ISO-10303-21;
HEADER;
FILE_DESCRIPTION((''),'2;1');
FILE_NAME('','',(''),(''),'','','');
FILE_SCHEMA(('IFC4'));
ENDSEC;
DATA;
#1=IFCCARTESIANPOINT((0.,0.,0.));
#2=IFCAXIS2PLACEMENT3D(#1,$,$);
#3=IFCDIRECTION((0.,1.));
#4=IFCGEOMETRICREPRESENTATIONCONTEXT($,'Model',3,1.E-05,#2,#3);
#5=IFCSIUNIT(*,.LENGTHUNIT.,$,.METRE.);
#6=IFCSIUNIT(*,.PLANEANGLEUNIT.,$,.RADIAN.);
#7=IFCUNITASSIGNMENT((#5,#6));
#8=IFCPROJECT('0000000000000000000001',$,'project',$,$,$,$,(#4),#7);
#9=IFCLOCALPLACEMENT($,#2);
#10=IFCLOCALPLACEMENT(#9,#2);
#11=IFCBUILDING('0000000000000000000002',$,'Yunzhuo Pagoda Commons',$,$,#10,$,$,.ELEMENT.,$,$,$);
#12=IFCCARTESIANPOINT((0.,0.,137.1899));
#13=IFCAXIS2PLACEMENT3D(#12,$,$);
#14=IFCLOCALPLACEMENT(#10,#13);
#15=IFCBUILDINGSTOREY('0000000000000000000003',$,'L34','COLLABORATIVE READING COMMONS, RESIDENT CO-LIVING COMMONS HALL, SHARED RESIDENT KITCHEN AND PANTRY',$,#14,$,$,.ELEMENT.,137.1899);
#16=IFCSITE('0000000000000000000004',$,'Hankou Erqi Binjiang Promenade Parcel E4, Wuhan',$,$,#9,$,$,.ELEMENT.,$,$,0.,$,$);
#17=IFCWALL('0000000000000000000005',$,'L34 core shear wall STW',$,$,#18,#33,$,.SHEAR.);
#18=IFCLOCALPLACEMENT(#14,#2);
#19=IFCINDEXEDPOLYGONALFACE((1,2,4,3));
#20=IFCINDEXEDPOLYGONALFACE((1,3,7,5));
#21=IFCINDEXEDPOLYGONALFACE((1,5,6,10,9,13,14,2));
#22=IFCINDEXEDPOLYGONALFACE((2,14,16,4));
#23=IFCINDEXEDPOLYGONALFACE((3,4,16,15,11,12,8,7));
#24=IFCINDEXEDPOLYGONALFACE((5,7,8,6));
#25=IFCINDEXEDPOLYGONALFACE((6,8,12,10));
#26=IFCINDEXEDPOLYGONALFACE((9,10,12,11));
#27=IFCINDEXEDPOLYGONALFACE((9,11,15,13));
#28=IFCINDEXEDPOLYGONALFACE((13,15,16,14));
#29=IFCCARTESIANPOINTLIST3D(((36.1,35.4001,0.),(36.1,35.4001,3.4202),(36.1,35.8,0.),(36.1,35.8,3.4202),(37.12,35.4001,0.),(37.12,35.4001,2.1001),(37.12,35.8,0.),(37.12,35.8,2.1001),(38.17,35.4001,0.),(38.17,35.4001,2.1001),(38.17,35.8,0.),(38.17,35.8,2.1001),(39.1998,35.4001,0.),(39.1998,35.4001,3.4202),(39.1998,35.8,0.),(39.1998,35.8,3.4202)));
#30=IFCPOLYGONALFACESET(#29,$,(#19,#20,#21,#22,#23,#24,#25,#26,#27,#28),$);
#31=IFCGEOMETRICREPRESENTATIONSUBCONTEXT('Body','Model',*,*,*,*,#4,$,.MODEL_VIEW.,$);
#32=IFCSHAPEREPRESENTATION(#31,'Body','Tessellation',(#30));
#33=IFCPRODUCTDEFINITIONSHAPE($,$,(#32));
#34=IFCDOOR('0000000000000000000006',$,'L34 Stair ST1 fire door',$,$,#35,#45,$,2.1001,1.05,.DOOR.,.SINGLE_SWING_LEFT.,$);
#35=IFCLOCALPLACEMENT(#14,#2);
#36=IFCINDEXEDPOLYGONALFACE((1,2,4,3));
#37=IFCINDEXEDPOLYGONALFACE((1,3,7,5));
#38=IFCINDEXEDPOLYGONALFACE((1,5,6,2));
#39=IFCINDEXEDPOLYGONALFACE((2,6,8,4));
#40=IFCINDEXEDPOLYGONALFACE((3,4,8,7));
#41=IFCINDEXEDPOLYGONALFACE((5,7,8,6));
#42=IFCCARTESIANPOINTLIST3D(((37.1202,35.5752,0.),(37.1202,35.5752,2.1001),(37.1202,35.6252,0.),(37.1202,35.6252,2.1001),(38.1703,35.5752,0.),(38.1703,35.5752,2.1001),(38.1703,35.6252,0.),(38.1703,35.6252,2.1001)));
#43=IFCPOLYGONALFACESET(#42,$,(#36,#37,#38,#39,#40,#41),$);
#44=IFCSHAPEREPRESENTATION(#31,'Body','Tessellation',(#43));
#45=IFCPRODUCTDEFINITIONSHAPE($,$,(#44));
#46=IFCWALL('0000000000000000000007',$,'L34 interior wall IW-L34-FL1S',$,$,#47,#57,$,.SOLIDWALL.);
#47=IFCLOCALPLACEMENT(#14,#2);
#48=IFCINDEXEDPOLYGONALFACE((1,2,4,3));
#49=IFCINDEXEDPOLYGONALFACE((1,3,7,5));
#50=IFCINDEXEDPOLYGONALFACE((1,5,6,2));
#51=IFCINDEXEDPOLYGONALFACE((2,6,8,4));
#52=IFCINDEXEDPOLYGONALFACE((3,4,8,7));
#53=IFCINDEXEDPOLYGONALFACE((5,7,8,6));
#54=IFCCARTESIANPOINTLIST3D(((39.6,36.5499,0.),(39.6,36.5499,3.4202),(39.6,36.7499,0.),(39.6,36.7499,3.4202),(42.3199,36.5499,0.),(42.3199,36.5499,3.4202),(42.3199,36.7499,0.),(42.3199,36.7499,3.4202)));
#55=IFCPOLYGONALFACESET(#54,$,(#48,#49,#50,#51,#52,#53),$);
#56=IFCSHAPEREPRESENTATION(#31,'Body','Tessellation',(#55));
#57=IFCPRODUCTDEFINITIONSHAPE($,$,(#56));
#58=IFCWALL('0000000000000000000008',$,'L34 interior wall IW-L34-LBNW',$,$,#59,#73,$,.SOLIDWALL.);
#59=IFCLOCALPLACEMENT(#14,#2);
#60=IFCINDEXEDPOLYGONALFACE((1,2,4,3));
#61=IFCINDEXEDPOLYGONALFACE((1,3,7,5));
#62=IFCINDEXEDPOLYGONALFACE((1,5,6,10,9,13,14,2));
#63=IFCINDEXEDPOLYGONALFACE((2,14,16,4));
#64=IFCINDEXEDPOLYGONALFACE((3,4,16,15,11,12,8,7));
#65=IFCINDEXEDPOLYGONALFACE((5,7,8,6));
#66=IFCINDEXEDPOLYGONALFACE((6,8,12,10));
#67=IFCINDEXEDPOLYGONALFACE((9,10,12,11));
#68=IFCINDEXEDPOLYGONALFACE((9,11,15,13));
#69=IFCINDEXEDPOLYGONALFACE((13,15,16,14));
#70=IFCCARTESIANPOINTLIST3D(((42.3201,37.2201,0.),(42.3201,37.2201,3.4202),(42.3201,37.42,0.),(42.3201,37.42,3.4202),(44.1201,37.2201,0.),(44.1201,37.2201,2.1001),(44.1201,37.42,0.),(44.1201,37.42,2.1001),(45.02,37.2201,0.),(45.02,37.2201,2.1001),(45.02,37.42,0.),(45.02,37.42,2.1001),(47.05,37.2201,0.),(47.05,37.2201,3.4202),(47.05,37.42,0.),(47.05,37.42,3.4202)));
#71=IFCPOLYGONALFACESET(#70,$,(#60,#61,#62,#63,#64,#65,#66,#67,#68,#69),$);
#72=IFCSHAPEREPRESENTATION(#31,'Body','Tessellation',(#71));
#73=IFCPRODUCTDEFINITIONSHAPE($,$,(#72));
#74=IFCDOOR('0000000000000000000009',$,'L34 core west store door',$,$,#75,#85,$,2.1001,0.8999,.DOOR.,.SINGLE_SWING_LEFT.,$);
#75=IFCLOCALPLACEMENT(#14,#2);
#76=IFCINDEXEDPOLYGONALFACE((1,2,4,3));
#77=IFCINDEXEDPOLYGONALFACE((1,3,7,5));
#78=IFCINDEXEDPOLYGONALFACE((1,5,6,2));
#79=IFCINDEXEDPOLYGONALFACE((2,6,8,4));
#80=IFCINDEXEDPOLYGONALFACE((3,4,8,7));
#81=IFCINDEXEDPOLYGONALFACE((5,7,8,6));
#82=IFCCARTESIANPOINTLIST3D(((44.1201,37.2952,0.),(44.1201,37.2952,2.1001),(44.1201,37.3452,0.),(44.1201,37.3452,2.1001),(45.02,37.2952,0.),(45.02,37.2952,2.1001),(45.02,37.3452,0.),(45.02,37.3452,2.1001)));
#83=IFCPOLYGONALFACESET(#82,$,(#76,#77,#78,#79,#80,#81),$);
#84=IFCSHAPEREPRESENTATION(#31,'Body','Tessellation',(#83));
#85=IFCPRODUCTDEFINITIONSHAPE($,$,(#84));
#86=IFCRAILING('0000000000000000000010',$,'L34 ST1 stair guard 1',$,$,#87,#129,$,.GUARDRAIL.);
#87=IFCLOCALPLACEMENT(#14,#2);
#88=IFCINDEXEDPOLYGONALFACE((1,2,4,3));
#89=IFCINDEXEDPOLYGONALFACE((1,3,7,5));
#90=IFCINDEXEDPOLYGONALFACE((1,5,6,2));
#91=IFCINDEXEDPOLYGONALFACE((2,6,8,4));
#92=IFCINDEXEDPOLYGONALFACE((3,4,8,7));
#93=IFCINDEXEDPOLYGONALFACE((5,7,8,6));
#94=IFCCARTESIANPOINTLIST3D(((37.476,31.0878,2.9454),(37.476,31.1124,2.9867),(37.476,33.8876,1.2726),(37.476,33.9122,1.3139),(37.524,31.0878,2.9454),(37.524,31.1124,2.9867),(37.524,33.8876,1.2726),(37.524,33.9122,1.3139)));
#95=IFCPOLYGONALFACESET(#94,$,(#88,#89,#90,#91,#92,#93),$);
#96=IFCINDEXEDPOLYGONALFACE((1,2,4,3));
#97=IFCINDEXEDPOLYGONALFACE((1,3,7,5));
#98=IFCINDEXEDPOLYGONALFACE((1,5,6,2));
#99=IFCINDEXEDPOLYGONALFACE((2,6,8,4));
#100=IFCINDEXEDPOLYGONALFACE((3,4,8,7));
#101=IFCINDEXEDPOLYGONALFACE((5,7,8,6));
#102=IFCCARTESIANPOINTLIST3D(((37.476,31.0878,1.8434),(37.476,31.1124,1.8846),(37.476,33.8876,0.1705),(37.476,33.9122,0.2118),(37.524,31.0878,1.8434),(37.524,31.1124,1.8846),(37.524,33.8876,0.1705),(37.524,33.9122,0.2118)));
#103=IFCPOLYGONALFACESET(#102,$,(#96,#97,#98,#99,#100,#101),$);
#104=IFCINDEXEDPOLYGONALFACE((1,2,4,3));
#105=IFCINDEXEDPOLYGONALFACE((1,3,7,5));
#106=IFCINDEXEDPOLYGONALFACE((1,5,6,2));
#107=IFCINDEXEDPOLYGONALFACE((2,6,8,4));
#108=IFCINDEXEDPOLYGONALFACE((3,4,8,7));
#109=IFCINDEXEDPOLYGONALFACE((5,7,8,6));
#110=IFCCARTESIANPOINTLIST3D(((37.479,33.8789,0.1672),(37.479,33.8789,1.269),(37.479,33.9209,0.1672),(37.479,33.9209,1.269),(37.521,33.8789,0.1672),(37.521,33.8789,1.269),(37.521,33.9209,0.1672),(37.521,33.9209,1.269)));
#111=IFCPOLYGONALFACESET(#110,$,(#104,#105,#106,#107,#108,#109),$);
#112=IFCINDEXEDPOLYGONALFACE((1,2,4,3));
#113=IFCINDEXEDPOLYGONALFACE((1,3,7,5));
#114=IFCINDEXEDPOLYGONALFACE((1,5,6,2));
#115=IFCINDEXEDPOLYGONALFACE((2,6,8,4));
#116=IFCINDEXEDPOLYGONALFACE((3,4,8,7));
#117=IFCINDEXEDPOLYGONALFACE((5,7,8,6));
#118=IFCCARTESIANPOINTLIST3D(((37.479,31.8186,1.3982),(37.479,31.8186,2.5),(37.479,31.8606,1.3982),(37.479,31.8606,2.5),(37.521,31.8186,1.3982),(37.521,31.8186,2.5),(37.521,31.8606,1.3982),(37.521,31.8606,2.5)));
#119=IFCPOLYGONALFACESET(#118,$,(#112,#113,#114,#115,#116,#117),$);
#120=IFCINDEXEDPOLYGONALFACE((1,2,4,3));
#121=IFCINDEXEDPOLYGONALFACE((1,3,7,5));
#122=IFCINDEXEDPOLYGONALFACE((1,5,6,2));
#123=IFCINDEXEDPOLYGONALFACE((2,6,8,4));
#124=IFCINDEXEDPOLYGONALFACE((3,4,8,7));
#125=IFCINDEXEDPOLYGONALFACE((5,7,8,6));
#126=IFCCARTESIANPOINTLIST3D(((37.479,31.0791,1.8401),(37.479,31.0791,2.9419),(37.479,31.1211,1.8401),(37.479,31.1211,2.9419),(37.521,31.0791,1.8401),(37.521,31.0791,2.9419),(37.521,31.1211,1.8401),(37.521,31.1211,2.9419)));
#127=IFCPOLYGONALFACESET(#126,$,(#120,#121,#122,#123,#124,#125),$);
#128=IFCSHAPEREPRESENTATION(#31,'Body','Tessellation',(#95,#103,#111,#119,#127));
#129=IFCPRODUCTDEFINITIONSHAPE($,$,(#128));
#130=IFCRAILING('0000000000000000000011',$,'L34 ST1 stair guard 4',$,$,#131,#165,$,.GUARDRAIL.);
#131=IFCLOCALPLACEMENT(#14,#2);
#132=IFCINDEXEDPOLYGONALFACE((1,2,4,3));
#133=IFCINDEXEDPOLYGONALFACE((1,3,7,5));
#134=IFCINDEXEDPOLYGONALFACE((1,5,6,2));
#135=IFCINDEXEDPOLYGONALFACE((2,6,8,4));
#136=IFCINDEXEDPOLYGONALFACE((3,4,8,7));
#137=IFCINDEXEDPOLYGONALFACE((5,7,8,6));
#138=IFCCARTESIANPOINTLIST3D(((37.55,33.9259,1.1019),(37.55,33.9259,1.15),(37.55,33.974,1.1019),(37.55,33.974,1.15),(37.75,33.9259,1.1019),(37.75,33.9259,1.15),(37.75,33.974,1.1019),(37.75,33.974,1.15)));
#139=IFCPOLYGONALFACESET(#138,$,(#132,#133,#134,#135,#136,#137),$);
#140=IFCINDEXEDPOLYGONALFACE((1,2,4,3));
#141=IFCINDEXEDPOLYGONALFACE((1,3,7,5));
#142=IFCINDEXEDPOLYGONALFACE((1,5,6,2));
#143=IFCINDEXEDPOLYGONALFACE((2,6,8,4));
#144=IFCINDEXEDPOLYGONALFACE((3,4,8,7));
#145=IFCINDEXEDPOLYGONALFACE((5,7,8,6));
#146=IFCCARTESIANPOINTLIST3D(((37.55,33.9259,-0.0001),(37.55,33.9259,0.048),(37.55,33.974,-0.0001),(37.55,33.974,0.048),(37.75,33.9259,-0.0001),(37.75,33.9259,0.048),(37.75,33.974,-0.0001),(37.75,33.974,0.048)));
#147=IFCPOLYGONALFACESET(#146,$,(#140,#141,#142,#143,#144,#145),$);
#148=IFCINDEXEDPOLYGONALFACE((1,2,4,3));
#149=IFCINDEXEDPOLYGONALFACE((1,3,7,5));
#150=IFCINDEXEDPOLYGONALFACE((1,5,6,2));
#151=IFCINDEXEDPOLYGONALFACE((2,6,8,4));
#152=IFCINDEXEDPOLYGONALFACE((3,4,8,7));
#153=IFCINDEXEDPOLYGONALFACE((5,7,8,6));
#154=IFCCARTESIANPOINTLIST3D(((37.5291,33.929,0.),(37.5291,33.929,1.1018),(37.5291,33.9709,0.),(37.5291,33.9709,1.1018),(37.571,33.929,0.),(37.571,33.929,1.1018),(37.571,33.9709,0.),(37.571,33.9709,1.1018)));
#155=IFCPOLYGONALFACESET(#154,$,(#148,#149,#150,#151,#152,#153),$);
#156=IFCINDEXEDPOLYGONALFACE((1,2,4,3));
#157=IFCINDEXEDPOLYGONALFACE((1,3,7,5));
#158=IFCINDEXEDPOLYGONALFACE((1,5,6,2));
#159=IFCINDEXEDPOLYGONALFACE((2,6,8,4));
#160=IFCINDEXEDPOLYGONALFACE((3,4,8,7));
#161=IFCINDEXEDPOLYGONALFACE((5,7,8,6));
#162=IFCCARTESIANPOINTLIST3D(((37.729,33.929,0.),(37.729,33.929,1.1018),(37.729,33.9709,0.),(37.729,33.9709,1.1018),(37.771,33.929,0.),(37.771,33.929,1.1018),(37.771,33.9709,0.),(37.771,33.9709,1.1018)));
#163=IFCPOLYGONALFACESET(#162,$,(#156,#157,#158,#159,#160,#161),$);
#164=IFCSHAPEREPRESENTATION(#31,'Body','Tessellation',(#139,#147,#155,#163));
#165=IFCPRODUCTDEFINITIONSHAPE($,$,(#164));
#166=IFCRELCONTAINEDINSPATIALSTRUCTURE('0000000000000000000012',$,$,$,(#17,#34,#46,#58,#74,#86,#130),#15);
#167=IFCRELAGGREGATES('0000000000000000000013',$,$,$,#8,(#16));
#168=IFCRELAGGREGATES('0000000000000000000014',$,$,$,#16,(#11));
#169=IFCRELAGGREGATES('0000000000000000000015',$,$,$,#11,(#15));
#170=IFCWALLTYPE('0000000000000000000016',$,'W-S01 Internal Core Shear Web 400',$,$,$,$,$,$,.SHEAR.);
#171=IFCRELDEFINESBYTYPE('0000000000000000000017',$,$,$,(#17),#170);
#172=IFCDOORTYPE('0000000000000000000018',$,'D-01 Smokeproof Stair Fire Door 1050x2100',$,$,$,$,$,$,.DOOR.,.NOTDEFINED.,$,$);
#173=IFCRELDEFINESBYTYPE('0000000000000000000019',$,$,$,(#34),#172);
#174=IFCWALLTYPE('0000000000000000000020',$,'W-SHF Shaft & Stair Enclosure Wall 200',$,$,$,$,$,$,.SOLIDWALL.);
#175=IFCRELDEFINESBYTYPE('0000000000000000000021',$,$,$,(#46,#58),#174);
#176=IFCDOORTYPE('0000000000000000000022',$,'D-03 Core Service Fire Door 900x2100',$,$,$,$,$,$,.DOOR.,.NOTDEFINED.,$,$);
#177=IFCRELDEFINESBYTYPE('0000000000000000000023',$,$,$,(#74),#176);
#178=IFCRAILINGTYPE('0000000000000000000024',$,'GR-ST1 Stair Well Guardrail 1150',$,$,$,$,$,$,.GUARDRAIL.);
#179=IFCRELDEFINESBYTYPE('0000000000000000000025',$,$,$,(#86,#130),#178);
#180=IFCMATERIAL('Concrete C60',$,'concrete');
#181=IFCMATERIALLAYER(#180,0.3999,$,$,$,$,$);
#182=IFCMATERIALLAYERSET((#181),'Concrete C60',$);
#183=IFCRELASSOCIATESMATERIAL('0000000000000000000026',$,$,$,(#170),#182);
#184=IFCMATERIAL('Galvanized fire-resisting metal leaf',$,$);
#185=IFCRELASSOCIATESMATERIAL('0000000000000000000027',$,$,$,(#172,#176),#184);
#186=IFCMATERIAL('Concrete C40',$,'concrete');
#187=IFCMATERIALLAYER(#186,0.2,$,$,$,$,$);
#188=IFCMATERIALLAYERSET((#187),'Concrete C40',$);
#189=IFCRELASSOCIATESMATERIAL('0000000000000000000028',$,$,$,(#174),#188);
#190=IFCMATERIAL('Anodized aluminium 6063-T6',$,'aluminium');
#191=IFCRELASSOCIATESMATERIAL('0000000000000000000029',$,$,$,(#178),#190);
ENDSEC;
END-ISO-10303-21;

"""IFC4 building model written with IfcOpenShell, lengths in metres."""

from ifc_helpers import new_model, si_unit, direction, frame, frame_2d, origin, origin_2d, place, context, subcontext, project, spatial, rectangle, extrude, source, transform, mapped, material, layer, layer_set, type_object, element, fill, save


model = new_model("IFC4")

# Units and contexts
model_context = context("Model", 3, precision=1e-05, world=origin(), true_north=direction((0.0, 1.0)))
body_context = subcontext(model_context, "Body", "Model", "MODEL_VIEW")
ifc_project = project(units=[si_unit("LENGTHUNIT", "METRE"), si_unit("PLANEANGLEUNIT", "RADIAN")], contexts=[model_context])

# Site, building, storey
site_placement = place(None, origin())
site = spatial("IfcSite", under=ifc_project, at=site_placement, Name="Hankou Erqi Binjiang Promenade Parcel E4, Wuhan", CompositionType="ELEMENT", RefElevation=0.0)
building_placement = place(site_placement, origin())
building = spatial("IfcBuilding", under=site, at=building_placement, Name="Yunzhuo Pagoda Commons", CompositionType="ELEMENT")
storey_placement = place(building_placement, frame((0.0, 0.0, 137.1899)))
storey = spatial("IfcBuildingStorey", under=building, at=storey_placement, Name="L34", Description="COLLABORATIVE READING COMMONS, RESIDENT CO-LIVING COMMONS HALL, SHARED RESIDENT KITCHEN AND PANTRY", CompositionType="ELEMENT", Elevation=137.1899)

# Shared definitions
ifc_material_1 = material(Name="Concrete C60", Category="concrete")
ifc_material_2 = material(Name="Galvanized fire-resisting metal leaf")
shared_shape_1 = source(origin(), body_context, "Body", "SweptSolid", [
    extrude(rectangle(XDim=1.05, YDim=2.1001, at=frame_2d((0.5249, 1.05))), frame((0.0, 0.0249, 0.0), z_axis=(0.0, -1.0, 0.0), x_axis=(1.0, 0.0, 0.0)), (0.0, 0.0, 1.0), 0.05),
])

# Wall, opening, door
ifc_layer_1 = layer(ifc_material_1, 0.3999)
ifc_layer_set_1 = layer_set([ifc_layer_1], Name="Concrete C60")
wall_type_1 = type_object("IfcWallType", Name="W-S01 Internal Core Shear Web 400", PredefinedType="SHEAR", material=ifc_layer_set_1)
wall_1_placement = place(storey_placement, frame((36.1001, 35.6001, 0.0), z_axis=(0.0, 0.0, 1.0), x_axis=(1.0, 0.0, 0.0)))
wall_1 = element("IfcWall", 1, at=wall_1_placement, inside=storey, type_object=wall_type_1, Name="L34 core shear wall STW", PredefinedType="SHEAR", context=body_context, shape_type="SweptSolid", body=[
    extrude(rectangle(XDim=3.0999, YDim=0.3999, at=frame_2d((1.5498, 0.0))), origin(), (0.0, 0.0, 1.0), 3.4202),
])
opening_1_placement = place(wall_1_placement, frame((1.02, 0.0, 0.0)))
opening_1 = element("IfcOpeningElement", 2, at=opening_1_placement, cuts=wall_1, PredefinedType="OPENING", context=body_context, shape_type="SweptSolid", body=[
    extrude(rectangle(XDim=1.05, YDim=2.1001, at=frame_2d((0.5249, 1.05))), frame((0.0, 0.21, 0.0), z_axis=(0.0, -1.0, 0.0), x_axis=(1.0, 0.0, 0.0)), (0.0, 0.0, 1.0), 0.4199),
])
door_type_1 = type_object("IfcDoorType", Name="D-01 Smokeproof Stair Fire Door 1050x2100", OperationType="NOTDEFINED", PredefinedType="DOOR", material=ifc_material_2)
door_1_placement = place(opening_1_placement, frame((1.05, 0.0, 0.0), z_axis=(0.0, 0.0, 1.0), x_axis=(-1.0, 0.0, 0.0)))
door_1 = element("IfcDoor", 3, at=door_1_placement, inside=storey, type_object=door_type_1, Name="L34 Stair ST1 fire door", OperationType="SINGLE_SWING_LEFT", OverallHeight=2.1001, OverallWidth=1.05, PredefinedType="DOOR", context=body_context, shape_type="MappedRepresentation", body=[
    mapped(shared_shape_1, transform((0.0, 0.0, 0.0), scale=1.0)),
])
fill(opening_1, door_1)

# Wall
ifc_material_3 = material(Name="Concrete C40", Category="concrete")
ifc_layer_2 = layer(ifc_material_3, 0.2)
ifc_layer_set_2 = layer_set([ifc_layer_2], Name="Concrete C40")
wall_type_2 = type_object("IfcWallType", Name="W-SHF Shaft & Stair Enclosure Wall 200", PredefinedType="SOLIDWALL", material=ifc_layer_set_2)
wall_2_placement = place(storey_placement, frame((39.6001, 36.6499, 0.0), z_axis=(0.0, 0.0, 1.0), x_axis=(1.0, 0.0, 0.0)))
element("IfcWall", 4, at=wall_2_placement, inside=storey, type_object=wall_type_2, Name="L34 interior wall IW-L34-FL1S", PredefinedType="SOLIDWALL", context=body_context, shape_type="SweptSolid", body=[
    extrude(rectangle(XDim=2.72, YDim=0.2, at=frame_2d((1.3599, 0.0))), origin(), (0.0, 0.0, 1.0), 3.4202),
])

# Wall, opening, door
wall_3_placement = place(storey_placement, frame((42.3201, 37.3201, 0.0), z_axis=(0.0, 0.0, 1.0), x_axis=(1.0, 0.0, 0.0)))
wall_3 = element("IfcWall", 5, at=wall_3_placement, inside=storey, type_object=wall_type_2, Name="L34 interior wall IW-L34-LBNW", PredefinedType="SOLIDWALL", context=body_context, shape_type="SweptSolid", body=[
    extrude(rectangle(XDim=4.73, YDim=0.2, at=frame_2d((2.365, 0.0))), origin(), (0.0, 0.0, 1.0), 3.4202),
])
opening_2_placement = place(wall_3_placement, frame((1.8, 0.0, 0.0)))
opening_2 = element("IfcOpeningElement", 6, at=opening_2_placement, cuts=wall_3, PredefinedType="OPENING", context=body_context, shape_type="SweptSolid", body=[
    extrude(rectangle(XDim=0.8999, YDim=2.1001, at=frame_2d((0.45, 1.05))), frame((0.0, 0.1099, 0.0), z_axis=(0.0, -1.0, 0.0), x_axis=(1.0, 0.0, 0.0)), (0.0, 0.0, 1.0), 0.22),
])
door_type_2 = type_object("IfcDoorType", Name="D-03 Core Service Fire Door 900x2100", OperationType="NOTDEFINED", PredefinedType="DOOR", material=ifc_material_2)
shared_shape_2 = source(origin(), body_context, "Body", "SweptSolid", [
    extrude(rectangle(XDim=0.8999, YDim=2.1001, at=frame_2d((0.45, 1.05))), frame((0.0, 0.0249, 0.0), z_axis=(0.0, -1.0, 0.0), x_axis=(1.0, 0.0, 0.0)), (0.0, 0.0, 1.0), 0.05),
])
door_2_placement = place(opening_2_placement, frame((0.8999, 0.0, 0.0), z_axis=(0.0, 0.0, 1.0), x_axis=(-1.0, 0.0, 0.0)))
door_2 = element("IfcDoor", 7, at=door_2_placement, inside=storey, type_object=door_type_2, Name="L34 core west store door", OperationType="SINGLE_SWING_LEFT", OverallHeight=2.1001, OverallWidth=0.8999, PredefinedType="DOOR", context=body_context, shape_type="MappedRepresentation", body=[
    mapped(shared_shape_2, transform((0.0, 0.0, 0.0), scale=1.0)),
])
fill(opening_2, door_2)

# Railings
ifc_material_4 = material(Name="Anodized aluminium 6063-T6", Category="aluminium")
railing_type = type_object("IfcRailingType", Name="GR-ST1 Stair Well Guardrail 1150", PredefinedType="GUARDRAIL", material=ifc_material_4)
railing_1_placement = place(storey_placement, frame((37.5, 33.8999, 0.1672)))
element("IfcRailing", 8, at=railing_1_placement, inside=storey, type_object=railing_type, Name="L34 ST1 stair guard 1", PredefinedType="GUARDRAIL", context=body_context, shape_type="SweptSolid", body=[
    extrude(rectangle(XDim=0.0481, YDim=0.0481, at=origin_2d()), frame((0.0, 0.0, 1.126), z_axis=(0.0, -0.858443, 0.51291), x_axis=(1.0, 0.0, 0.0)), (0.0, 0.0, 1.0), 3.2615),
    extrude(rectangle(XDim=0.0481, YDim=0.0481, at=origin_2d()), frame((0.0, 0.0, 0.0239), z_axis=(0.0, -0.858443, 0.51291), x_axis=(1.0, 0.0, 0.0)), (0.0, 0.0, 1.0), 3.2615),
    extrude(rectangle(XDim=0.042, YDim=0.042, at=origin_2d()), origin(), (0.0, 0.0, 1.0), 1.1018),
    extrude(rectangle(XDim=0.042, YDim=0.042, at=origin_2d()), frame((0.0, -2.0603, 1.231)), (0.0, 0.0, 1.0), 1.1018),
    extrude(rectangle(XDim=0.042, YDim=0.042, at=origin_2d()), frame((0.0, -2.7998, 1.6729)), (0.0, 0.0, 1.0), 1.1018),
])
railing_2_placement = place(storey_placement, frame((37.55, 33.95, 0.0)))
element("IfcRailing", 9, at=railing_2_placement, inside=storey, type_object=railing_type, Name="L34 ST1 stair guard 4", PredefinedType="GUARDRAIL", context=body_context, shape_type="SweptSolid", body=[
    extrude(rectangle(XDim=0.0481, YDim=0.0481, at=origin_2d()), frame((0.0, 0.0, 1.126), z_axis=(1.0, 0.0, 0.0), x_axis=(0.0, 1.0, 0.0)), (0.0, 0.0, 1.0), 0.2),
    extrude(rectangle(XDim=0.0481, YDim=0.0481, at=origin_2d()), frame((0.0, 0.0, 0.0239), z_axis=(1.0, 0.0, 0.0), x_axis=(0.0, 1.0, 0.0)), (0.0, 0.0, 1.0), 0.2),
    extrude(rectangle(XDim=0.042, YDim=0.042, at=origin_2d()), origin(), (0.0, 0.0, 1.0), 1.1018),
    extrude(rectangle(XDim=0.042, YDim=0.042, at=origin_2d()), frame((0.2, 0.0, 0.0)), (0.0, 0.0, 1.0), 1.1018),
])

save(model, "model.ifc")
